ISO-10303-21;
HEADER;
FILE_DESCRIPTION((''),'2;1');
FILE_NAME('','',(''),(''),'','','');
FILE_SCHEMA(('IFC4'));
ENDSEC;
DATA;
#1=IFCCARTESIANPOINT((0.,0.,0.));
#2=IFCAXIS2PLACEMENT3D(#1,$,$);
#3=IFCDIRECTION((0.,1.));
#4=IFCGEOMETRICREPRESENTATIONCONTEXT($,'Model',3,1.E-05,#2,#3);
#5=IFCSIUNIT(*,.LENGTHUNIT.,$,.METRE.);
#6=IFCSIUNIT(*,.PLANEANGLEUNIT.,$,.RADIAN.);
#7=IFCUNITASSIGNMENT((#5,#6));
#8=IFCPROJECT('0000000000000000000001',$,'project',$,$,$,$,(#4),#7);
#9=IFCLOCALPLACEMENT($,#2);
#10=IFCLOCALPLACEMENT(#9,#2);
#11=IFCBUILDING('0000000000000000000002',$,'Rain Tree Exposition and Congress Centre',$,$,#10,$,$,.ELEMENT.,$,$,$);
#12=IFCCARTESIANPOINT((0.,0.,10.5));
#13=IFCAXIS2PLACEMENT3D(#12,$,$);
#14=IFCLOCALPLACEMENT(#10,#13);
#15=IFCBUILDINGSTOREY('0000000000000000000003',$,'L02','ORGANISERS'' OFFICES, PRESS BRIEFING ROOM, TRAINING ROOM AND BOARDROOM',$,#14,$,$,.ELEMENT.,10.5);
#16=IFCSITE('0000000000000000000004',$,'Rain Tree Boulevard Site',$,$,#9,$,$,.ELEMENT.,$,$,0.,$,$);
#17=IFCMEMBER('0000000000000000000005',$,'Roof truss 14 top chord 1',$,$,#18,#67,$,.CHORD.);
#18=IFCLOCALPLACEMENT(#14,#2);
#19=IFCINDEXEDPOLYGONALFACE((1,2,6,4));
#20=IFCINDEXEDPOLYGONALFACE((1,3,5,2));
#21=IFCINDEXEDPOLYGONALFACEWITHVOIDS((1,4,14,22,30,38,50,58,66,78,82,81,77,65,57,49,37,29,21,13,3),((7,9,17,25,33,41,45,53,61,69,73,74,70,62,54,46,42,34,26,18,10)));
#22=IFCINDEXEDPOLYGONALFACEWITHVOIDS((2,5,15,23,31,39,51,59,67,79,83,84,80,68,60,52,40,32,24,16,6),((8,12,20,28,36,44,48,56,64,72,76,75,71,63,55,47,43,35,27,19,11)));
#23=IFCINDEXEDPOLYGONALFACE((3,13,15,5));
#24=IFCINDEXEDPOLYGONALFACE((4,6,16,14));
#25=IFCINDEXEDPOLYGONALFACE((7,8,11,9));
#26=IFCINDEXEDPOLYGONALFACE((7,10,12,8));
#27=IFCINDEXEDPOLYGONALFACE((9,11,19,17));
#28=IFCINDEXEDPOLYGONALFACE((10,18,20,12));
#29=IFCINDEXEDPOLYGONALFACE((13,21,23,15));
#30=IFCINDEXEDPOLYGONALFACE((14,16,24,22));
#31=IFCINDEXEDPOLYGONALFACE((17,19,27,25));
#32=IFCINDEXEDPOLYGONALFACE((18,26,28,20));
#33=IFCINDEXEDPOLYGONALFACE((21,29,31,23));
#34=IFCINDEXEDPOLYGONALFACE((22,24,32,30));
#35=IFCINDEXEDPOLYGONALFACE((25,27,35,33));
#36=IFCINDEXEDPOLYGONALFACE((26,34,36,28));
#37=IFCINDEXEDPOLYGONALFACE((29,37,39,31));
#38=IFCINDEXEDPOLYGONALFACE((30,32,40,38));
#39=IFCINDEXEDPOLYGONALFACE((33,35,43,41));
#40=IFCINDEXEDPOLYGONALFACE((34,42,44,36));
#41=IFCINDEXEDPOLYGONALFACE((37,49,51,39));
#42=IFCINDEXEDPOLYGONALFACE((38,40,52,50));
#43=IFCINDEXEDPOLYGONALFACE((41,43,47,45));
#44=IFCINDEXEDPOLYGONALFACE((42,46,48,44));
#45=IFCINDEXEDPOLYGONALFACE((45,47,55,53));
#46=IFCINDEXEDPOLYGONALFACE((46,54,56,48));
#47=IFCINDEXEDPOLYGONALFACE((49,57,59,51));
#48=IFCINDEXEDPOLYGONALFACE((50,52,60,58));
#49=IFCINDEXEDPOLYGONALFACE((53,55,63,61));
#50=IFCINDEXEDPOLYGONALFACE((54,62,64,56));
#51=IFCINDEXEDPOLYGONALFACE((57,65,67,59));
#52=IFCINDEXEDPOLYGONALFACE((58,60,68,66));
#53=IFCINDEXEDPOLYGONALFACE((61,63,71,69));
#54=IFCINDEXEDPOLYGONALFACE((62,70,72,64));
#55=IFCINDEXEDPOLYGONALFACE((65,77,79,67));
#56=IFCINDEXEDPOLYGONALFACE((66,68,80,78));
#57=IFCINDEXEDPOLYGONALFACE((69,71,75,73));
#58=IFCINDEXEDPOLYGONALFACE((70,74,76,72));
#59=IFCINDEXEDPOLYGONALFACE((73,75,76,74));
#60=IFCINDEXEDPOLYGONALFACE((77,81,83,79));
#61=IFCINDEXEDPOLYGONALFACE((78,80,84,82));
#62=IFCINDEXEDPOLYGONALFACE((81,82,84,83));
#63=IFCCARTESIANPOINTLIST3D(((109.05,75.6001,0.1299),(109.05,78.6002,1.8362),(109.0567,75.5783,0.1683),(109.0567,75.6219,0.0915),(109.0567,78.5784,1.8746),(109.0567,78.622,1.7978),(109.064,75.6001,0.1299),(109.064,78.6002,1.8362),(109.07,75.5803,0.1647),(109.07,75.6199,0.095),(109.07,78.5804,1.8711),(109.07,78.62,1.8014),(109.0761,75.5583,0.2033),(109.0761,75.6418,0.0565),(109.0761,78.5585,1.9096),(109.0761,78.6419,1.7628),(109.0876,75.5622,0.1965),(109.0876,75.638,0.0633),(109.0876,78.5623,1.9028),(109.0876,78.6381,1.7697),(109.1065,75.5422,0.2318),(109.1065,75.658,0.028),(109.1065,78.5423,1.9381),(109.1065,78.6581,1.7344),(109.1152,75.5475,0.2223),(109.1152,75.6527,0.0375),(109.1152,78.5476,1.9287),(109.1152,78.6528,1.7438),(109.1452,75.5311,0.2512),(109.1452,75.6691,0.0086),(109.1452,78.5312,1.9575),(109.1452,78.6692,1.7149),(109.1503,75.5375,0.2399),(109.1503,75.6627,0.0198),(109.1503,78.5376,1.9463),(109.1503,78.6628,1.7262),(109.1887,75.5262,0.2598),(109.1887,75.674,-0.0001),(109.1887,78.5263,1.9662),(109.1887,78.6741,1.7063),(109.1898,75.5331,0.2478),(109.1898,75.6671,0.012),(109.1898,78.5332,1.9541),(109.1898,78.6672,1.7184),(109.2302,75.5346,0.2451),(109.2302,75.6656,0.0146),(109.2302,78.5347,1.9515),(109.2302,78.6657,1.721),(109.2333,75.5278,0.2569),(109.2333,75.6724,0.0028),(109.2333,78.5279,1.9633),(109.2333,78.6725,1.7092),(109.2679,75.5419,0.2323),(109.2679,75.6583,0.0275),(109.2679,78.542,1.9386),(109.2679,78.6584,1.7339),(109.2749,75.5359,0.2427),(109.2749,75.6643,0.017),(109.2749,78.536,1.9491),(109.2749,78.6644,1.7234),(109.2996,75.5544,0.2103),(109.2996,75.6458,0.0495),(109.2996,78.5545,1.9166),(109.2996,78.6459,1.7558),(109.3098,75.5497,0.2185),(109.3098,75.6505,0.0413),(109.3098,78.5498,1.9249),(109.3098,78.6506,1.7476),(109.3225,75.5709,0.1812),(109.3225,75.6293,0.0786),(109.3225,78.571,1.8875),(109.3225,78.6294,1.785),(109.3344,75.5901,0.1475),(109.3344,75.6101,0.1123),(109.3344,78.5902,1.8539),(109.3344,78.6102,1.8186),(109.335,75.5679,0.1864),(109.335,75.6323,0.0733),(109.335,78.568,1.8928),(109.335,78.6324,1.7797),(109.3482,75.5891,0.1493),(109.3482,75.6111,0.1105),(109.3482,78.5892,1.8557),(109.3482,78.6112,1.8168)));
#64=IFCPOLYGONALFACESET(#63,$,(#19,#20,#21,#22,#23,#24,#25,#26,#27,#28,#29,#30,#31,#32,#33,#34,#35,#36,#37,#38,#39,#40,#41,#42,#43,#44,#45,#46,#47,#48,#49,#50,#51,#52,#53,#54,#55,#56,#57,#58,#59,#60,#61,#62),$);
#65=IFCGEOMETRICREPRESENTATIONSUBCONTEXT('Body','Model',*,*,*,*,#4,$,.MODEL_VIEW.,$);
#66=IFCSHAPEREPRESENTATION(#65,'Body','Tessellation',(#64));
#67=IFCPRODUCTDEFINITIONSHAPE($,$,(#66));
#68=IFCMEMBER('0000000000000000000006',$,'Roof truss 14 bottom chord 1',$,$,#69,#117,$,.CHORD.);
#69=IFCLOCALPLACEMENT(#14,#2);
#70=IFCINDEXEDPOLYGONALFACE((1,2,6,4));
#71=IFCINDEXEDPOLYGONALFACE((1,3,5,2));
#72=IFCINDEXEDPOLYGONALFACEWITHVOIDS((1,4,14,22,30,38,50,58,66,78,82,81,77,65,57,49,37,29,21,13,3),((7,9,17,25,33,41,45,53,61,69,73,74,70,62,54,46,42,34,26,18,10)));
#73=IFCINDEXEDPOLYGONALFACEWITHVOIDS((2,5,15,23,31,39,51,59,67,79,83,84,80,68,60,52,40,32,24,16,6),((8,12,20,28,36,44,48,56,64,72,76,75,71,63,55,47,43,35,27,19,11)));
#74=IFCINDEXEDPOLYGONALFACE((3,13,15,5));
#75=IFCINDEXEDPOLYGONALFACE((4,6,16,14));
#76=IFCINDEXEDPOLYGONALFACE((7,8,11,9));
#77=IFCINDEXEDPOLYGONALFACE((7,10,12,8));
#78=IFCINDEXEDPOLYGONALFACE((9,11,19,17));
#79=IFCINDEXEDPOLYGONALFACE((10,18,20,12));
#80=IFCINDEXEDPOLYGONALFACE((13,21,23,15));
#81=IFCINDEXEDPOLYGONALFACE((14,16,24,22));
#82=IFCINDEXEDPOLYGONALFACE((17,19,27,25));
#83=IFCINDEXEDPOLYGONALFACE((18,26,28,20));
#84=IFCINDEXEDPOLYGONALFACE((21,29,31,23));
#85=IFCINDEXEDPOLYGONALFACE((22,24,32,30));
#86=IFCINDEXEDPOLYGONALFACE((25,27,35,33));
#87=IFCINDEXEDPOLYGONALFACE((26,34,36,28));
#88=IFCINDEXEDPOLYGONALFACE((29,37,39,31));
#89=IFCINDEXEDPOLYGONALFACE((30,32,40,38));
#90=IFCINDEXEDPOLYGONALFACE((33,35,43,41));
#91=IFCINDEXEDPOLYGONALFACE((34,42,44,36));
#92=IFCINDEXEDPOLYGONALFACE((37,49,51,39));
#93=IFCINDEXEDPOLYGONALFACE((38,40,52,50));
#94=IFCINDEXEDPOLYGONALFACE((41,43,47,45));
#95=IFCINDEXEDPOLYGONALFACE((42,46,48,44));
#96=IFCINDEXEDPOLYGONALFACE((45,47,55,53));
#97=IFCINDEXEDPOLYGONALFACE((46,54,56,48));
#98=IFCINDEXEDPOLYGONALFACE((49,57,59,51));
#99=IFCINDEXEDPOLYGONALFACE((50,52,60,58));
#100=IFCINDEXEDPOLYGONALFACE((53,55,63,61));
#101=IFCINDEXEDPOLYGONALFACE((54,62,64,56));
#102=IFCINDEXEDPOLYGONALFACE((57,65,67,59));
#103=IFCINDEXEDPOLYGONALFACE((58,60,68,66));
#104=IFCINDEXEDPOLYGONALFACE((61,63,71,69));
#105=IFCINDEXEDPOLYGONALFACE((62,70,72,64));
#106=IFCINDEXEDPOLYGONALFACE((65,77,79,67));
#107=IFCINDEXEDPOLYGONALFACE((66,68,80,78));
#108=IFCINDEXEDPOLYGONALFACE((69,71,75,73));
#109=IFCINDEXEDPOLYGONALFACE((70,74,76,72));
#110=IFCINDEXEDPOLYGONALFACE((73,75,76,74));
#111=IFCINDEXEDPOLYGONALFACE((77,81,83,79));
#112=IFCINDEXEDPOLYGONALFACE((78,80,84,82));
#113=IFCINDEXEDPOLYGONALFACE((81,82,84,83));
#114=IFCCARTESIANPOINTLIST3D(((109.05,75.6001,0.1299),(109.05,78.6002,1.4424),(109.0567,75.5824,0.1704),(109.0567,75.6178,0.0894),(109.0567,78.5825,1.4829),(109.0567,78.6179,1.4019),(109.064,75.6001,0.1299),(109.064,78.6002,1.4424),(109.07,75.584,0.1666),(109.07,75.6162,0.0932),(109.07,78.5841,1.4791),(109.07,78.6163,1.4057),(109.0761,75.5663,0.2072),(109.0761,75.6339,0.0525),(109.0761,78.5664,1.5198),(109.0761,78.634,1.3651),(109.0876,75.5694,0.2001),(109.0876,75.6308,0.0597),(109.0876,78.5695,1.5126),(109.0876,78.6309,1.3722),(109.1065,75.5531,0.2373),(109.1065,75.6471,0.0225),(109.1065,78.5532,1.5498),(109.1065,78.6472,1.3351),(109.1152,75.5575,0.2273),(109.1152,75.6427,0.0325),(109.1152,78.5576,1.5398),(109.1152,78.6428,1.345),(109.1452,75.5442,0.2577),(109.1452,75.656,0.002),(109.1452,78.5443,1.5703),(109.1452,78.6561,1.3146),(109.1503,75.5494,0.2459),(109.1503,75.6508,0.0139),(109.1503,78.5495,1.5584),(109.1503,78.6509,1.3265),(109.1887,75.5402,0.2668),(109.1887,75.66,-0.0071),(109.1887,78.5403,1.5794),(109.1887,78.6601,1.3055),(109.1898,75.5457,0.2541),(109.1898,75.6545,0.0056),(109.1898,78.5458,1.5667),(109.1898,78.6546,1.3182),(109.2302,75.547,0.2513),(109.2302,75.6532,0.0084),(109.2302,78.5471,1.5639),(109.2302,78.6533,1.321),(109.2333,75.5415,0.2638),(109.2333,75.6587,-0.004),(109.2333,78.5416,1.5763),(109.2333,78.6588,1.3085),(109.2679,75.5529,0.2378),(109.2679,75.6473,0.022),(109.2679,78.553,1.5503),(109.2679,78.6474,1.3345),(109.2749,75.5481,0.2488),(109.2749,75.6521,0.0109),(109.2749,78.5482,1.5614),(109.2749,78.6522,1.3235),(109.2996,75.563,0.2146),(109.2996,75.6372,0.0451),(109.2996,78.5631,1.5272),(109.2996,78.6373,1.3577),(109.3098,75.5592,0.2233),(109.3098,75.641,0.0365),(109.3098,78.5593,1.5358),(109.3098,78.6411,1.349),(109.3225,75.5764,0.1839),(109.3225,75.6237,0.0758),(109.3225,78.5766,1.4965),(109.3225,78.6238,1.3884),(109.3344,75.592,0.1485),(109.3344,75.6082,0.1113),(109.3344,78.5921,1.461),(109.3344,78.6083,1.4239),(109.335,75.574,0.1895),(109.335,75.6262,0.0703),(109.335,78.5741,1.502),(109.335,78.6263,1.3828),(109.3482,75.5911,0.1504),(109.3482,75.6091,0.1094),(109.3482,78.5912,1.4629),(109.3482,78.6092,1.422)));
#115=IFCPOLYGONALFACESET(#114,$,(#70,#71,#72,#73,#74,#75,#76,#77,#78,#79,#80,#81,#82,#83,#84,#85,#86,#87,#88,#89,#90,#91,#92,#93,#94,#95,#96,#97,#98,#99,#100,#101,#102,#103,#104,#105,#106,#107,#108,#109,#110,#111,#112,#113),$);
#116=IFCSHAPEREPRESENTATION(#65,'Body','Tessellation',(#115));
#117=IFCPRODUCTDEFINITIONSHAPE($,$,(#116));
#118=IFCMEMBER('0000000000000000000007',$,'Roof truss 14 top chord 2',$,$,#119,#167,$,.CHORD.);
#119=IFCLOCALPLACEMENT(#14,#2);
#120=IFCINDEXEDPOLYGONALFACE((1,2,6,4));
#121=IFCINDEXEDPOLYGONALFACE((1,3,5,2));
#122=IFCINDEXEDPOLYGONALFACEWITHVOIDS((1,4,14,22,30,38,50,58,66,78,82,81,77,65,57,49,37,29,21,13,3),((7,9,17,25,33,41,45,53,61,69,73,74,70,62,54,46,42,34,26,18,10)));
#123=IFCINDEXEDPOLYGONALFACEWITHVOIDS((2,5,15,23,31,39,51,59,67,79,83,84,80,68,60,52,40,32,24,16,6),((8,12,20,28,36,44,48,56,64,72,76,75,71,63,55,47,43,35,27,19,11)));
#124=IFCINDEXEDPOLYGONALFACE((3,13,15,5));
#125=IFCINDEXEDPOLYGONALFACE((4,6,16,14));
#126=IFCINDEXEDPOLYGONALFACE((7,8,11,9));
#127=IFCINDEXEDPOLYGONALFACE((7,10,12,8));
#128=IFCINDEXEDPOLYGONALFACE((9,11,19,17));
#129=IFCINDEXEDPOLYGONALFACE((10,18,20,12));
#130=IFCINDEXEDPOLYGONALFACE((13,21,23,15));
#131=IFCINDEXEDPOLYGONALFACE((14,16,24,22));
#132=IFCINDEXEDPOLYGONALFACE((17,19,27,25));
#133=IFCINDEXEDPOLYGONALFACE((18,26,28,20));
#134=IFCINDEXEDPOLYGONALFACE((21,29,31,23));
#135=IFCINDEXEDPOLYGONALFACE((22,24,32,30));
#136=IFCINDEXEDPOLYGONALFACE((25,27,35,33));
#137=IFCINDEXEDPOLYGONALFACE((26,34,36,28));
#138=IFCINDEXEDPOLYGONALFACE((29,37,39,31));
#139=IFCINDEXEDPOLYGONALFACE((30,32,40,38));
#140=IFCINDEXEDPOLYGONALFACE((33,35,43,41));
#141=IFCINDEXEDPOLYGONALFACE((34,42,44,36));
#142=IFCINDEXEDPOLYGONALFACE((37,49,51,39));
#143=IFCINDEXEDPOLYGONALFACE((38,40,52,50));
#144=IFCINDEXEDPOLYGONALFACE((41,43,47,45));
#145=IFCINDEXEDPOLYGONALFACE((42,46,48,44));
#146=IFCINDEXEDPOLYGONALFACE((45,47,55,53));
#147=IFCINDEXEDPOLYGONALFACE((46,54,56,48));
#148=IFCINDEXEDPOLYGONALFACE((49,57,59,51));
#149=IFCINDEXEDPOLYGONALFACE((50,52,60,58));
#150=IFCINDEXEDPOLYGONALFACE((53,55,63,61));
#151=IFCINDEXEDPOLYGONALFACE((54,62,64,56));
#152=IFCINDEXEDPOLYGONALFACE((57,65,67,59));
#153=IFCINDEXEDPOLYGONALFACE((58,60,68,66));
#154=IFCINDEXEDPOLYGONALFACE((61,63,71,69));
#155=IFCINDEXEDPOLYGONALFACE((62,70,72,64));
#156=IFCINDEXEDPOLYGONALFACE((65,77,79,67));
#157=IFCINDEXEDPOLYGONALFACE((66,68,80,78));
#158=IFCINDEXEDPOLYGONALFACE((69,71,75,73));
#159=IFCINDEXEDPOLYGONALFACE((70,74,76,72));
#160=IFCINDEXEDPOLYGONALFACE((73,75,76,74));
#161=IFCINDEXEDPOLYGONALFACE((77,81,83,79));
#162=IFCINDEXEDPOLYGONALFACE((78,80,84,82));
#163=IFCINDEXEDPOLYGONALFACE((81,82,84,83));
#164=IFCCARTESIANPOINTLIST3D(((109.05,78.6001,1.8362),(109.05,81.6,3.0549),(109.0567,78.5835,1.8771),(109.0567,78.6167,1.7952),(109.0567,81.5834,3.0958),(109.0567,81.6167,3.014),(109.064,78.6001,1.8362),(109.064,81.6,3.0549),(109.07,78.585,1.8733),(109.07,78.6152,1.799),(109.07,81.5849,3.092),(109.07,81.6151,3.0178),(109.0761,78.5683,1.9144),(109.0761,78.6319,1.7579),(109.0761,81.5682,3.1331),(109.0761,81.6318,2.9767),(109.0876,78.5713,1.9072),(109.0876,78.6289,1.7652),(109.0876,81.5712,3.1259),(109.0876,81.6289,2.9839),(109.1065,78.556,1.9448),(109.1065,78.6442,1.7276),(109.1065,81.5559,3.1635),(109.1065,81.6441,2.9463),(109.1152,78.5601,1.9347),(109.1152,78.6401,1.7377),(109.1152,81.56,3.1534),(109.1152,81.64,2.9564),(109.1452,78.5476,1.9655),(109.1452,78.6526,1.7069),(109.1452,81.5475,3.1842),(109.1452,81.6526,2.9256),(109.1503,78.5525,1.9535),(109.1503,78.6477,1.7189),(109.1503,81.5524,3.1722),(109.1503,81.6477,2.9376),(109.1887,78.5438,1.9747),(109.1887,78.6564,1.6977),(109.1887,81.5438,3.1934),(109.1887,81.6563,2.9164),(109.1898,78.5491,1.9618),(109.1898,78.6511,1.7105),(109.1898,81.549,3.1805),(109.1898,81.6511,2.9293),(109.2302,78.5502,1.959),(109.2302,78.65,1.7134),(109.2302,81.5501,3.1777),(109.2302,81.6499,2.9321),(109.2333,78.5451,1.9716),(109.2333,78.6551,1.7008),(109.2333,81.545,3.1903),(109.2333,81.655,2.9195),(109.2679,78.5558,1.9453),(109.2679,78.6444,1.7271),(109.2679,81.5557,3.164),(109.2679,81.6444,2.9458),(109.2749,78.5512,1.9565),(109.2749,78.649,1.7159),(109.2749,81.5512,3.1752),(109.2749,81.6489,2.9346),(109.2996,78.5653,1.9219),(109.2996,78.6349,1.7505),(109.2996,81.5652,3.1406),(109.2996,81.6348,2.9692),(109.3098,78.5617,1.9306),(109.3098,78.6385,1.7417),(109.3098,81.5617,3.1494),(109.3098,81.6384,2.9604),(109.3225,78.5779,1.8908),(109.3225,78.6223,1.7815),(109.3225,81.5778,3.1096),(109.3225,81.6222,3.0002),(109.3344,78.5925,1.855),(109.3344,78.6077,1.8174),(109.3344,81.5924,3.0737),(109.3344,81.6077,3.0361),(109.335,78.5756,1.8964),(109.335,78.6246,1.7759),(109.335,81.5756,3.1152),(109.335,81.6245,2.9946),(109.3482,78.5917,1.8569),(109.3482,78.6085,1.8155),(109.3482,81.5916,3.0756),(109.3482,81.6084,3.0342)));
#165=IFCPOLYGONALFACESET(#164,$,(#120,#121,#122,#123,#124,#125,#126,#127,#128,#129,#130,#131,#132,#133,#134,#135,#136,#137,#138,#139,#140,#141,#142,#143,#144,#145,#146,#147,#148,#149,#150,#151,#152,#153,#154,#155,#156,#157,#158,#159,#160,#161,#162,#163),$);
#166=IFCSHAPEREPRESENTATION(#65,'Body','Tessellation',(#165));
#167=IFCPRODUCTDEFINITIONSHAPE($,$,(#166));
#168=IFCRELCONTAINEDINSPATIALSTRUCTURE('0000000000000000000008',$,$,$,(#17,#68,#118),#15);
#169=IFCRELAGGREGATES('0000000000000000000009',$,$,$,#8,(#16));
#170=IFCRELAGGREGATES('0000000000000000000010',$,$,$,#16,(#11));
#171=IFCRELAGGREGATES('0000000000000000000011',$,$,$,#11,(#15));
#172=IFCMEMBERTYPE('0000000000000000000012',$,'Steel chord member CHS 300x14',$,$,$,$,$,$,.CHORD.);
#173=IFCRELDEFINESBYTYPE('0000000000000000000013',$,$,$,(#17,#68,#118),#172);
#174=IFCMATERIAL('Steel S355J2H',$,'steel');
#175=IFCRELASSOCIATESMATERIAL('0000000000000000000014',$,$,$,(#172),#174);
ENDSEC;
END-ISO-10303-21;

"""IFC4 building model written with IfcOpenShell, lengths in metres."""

from ifc_helpers import new_model, si_unit, direction, frame, origin, origin_2d, place, context, subcontext, project, spatial, hollow_circle, extrude, material, material_profile, profile_set, type_object, element, save


model = new_model("IFC4")

# Units and contexts
model_context = context("Model", 3, precision=1e-05, world=origin(), true_north=direction((0.0, 1.0)))
body_context = subcontext(model_context, "Body", "Model", "MODEL_VIEW")
ifc_project = project(units=[si_unit("LENGTHUNIT", "METRE"), si_unit("PLANEANGLEUNIT", "RADIAN")], contexts=[model_context])

# Site, building, storey
site_placement = place(None, origin())
site = spatial("IfcSite", under=ifc_project, at=site_placement, Name="Rain Tree Boulevard Site", CompositionType="ELEMENT", RefElevation=0.0)
building_placement = place(site_placement, origin())
building = spatial("IfcBuilding", under=site, at=building_placement, Name="Rain Tree Exposition and Congress Centre", CompositionType="ELEMENT")
storey_placement = place(building_placement, frame((0.0, 0.0, 10.5)))
storey = spatial("IfcBuildingStorey", under=building, at=storey_placement, Name="L02", Description="ORGANISERS' OFFICES, PRESS BRIEFING ROOM, TRAINING ROOM AND BOARDROOM", CompositionType="ELEMENT", Elevation=10.5)

# Members
ifc_material_1 = material(Name="Steel S355J2H", Category="steel")
ifc_material_profile_1 = material_profile(ifc_material_1, hollow_circle(Radius=0.1499, WallThickness=0.0139, at=origin_2d()), Name="CHS 300x14")
ifc_profile_set_1 = profile_set([ifc_material_profile_1], Name="Steel S355J2H")
member_type_1 = type_object("IfcMemberType", Name="Steel chord member CHS 300x14", PredefinedType="CHORD", material=ifc_profile_set_1)
member_1_placement = place(storey_placement, frame((109.2, 75.6001, 0.1299), z_axis=(0.0, 0.869238, 0.494393), x_axis=(-1.0, 0.0, 0.0)))
element("IfcMember", 1, at=member_1_placement, inside=storey, type_object=member_type_1, Name="Roof truss 14 top chord 1", PredefinedType="CHORD", context=body_context, shape_type="SweptSolid", body=[
    extrude(hollow_circle(Radius=0.1499, WallThickness=0.0139, at=origin_2d()), origin(), (0.0, 0.0, 1.0), 3.4514),
])
member_2_placement = place(storey_placement, frame((109.2, 75.6001, 0.1299), z_axis=(0.0, 0.916157, 0.400819), x_axis=(-1.0, 0.0, 0.0)))
element("IfcMember", 2, at=member_2_placement, inside=storey, type_object=member_type_1, Name="Roof truss 14 bottom chord 1", PredefinedType="CHORD", context=body_context, shape_type="SweptSolid", body=[
    extrude(hollow_circle(Radius=0.1499, WallThickness=0.0139, at=origin_2d()), origin(), (0.0, 0.0, 1.0), 3.2747),
])
member_3_placement = place(storey_placement, frame((109.2, 78.6001, 1.8362), z_axis=(0.0, 0.926467, 0.376377), x_axis=(-1.0, 0.0, 0.0)))
element("IfcMember", 3, at=member_3_placement, inside=storey, type_object=member_type_1, Name="Roof truss 14 top chord 2", PredefinedType="CHORD", context=body_context, shape_type="SweptSolid", body=[
    extrude(hollow_circle(Radius=0.1499, WallThickness=0.0139, at=origin_2d()), origin(), (0.0, 0.0, 1.0), 3.238),
])

save(model, "model.ifc")
